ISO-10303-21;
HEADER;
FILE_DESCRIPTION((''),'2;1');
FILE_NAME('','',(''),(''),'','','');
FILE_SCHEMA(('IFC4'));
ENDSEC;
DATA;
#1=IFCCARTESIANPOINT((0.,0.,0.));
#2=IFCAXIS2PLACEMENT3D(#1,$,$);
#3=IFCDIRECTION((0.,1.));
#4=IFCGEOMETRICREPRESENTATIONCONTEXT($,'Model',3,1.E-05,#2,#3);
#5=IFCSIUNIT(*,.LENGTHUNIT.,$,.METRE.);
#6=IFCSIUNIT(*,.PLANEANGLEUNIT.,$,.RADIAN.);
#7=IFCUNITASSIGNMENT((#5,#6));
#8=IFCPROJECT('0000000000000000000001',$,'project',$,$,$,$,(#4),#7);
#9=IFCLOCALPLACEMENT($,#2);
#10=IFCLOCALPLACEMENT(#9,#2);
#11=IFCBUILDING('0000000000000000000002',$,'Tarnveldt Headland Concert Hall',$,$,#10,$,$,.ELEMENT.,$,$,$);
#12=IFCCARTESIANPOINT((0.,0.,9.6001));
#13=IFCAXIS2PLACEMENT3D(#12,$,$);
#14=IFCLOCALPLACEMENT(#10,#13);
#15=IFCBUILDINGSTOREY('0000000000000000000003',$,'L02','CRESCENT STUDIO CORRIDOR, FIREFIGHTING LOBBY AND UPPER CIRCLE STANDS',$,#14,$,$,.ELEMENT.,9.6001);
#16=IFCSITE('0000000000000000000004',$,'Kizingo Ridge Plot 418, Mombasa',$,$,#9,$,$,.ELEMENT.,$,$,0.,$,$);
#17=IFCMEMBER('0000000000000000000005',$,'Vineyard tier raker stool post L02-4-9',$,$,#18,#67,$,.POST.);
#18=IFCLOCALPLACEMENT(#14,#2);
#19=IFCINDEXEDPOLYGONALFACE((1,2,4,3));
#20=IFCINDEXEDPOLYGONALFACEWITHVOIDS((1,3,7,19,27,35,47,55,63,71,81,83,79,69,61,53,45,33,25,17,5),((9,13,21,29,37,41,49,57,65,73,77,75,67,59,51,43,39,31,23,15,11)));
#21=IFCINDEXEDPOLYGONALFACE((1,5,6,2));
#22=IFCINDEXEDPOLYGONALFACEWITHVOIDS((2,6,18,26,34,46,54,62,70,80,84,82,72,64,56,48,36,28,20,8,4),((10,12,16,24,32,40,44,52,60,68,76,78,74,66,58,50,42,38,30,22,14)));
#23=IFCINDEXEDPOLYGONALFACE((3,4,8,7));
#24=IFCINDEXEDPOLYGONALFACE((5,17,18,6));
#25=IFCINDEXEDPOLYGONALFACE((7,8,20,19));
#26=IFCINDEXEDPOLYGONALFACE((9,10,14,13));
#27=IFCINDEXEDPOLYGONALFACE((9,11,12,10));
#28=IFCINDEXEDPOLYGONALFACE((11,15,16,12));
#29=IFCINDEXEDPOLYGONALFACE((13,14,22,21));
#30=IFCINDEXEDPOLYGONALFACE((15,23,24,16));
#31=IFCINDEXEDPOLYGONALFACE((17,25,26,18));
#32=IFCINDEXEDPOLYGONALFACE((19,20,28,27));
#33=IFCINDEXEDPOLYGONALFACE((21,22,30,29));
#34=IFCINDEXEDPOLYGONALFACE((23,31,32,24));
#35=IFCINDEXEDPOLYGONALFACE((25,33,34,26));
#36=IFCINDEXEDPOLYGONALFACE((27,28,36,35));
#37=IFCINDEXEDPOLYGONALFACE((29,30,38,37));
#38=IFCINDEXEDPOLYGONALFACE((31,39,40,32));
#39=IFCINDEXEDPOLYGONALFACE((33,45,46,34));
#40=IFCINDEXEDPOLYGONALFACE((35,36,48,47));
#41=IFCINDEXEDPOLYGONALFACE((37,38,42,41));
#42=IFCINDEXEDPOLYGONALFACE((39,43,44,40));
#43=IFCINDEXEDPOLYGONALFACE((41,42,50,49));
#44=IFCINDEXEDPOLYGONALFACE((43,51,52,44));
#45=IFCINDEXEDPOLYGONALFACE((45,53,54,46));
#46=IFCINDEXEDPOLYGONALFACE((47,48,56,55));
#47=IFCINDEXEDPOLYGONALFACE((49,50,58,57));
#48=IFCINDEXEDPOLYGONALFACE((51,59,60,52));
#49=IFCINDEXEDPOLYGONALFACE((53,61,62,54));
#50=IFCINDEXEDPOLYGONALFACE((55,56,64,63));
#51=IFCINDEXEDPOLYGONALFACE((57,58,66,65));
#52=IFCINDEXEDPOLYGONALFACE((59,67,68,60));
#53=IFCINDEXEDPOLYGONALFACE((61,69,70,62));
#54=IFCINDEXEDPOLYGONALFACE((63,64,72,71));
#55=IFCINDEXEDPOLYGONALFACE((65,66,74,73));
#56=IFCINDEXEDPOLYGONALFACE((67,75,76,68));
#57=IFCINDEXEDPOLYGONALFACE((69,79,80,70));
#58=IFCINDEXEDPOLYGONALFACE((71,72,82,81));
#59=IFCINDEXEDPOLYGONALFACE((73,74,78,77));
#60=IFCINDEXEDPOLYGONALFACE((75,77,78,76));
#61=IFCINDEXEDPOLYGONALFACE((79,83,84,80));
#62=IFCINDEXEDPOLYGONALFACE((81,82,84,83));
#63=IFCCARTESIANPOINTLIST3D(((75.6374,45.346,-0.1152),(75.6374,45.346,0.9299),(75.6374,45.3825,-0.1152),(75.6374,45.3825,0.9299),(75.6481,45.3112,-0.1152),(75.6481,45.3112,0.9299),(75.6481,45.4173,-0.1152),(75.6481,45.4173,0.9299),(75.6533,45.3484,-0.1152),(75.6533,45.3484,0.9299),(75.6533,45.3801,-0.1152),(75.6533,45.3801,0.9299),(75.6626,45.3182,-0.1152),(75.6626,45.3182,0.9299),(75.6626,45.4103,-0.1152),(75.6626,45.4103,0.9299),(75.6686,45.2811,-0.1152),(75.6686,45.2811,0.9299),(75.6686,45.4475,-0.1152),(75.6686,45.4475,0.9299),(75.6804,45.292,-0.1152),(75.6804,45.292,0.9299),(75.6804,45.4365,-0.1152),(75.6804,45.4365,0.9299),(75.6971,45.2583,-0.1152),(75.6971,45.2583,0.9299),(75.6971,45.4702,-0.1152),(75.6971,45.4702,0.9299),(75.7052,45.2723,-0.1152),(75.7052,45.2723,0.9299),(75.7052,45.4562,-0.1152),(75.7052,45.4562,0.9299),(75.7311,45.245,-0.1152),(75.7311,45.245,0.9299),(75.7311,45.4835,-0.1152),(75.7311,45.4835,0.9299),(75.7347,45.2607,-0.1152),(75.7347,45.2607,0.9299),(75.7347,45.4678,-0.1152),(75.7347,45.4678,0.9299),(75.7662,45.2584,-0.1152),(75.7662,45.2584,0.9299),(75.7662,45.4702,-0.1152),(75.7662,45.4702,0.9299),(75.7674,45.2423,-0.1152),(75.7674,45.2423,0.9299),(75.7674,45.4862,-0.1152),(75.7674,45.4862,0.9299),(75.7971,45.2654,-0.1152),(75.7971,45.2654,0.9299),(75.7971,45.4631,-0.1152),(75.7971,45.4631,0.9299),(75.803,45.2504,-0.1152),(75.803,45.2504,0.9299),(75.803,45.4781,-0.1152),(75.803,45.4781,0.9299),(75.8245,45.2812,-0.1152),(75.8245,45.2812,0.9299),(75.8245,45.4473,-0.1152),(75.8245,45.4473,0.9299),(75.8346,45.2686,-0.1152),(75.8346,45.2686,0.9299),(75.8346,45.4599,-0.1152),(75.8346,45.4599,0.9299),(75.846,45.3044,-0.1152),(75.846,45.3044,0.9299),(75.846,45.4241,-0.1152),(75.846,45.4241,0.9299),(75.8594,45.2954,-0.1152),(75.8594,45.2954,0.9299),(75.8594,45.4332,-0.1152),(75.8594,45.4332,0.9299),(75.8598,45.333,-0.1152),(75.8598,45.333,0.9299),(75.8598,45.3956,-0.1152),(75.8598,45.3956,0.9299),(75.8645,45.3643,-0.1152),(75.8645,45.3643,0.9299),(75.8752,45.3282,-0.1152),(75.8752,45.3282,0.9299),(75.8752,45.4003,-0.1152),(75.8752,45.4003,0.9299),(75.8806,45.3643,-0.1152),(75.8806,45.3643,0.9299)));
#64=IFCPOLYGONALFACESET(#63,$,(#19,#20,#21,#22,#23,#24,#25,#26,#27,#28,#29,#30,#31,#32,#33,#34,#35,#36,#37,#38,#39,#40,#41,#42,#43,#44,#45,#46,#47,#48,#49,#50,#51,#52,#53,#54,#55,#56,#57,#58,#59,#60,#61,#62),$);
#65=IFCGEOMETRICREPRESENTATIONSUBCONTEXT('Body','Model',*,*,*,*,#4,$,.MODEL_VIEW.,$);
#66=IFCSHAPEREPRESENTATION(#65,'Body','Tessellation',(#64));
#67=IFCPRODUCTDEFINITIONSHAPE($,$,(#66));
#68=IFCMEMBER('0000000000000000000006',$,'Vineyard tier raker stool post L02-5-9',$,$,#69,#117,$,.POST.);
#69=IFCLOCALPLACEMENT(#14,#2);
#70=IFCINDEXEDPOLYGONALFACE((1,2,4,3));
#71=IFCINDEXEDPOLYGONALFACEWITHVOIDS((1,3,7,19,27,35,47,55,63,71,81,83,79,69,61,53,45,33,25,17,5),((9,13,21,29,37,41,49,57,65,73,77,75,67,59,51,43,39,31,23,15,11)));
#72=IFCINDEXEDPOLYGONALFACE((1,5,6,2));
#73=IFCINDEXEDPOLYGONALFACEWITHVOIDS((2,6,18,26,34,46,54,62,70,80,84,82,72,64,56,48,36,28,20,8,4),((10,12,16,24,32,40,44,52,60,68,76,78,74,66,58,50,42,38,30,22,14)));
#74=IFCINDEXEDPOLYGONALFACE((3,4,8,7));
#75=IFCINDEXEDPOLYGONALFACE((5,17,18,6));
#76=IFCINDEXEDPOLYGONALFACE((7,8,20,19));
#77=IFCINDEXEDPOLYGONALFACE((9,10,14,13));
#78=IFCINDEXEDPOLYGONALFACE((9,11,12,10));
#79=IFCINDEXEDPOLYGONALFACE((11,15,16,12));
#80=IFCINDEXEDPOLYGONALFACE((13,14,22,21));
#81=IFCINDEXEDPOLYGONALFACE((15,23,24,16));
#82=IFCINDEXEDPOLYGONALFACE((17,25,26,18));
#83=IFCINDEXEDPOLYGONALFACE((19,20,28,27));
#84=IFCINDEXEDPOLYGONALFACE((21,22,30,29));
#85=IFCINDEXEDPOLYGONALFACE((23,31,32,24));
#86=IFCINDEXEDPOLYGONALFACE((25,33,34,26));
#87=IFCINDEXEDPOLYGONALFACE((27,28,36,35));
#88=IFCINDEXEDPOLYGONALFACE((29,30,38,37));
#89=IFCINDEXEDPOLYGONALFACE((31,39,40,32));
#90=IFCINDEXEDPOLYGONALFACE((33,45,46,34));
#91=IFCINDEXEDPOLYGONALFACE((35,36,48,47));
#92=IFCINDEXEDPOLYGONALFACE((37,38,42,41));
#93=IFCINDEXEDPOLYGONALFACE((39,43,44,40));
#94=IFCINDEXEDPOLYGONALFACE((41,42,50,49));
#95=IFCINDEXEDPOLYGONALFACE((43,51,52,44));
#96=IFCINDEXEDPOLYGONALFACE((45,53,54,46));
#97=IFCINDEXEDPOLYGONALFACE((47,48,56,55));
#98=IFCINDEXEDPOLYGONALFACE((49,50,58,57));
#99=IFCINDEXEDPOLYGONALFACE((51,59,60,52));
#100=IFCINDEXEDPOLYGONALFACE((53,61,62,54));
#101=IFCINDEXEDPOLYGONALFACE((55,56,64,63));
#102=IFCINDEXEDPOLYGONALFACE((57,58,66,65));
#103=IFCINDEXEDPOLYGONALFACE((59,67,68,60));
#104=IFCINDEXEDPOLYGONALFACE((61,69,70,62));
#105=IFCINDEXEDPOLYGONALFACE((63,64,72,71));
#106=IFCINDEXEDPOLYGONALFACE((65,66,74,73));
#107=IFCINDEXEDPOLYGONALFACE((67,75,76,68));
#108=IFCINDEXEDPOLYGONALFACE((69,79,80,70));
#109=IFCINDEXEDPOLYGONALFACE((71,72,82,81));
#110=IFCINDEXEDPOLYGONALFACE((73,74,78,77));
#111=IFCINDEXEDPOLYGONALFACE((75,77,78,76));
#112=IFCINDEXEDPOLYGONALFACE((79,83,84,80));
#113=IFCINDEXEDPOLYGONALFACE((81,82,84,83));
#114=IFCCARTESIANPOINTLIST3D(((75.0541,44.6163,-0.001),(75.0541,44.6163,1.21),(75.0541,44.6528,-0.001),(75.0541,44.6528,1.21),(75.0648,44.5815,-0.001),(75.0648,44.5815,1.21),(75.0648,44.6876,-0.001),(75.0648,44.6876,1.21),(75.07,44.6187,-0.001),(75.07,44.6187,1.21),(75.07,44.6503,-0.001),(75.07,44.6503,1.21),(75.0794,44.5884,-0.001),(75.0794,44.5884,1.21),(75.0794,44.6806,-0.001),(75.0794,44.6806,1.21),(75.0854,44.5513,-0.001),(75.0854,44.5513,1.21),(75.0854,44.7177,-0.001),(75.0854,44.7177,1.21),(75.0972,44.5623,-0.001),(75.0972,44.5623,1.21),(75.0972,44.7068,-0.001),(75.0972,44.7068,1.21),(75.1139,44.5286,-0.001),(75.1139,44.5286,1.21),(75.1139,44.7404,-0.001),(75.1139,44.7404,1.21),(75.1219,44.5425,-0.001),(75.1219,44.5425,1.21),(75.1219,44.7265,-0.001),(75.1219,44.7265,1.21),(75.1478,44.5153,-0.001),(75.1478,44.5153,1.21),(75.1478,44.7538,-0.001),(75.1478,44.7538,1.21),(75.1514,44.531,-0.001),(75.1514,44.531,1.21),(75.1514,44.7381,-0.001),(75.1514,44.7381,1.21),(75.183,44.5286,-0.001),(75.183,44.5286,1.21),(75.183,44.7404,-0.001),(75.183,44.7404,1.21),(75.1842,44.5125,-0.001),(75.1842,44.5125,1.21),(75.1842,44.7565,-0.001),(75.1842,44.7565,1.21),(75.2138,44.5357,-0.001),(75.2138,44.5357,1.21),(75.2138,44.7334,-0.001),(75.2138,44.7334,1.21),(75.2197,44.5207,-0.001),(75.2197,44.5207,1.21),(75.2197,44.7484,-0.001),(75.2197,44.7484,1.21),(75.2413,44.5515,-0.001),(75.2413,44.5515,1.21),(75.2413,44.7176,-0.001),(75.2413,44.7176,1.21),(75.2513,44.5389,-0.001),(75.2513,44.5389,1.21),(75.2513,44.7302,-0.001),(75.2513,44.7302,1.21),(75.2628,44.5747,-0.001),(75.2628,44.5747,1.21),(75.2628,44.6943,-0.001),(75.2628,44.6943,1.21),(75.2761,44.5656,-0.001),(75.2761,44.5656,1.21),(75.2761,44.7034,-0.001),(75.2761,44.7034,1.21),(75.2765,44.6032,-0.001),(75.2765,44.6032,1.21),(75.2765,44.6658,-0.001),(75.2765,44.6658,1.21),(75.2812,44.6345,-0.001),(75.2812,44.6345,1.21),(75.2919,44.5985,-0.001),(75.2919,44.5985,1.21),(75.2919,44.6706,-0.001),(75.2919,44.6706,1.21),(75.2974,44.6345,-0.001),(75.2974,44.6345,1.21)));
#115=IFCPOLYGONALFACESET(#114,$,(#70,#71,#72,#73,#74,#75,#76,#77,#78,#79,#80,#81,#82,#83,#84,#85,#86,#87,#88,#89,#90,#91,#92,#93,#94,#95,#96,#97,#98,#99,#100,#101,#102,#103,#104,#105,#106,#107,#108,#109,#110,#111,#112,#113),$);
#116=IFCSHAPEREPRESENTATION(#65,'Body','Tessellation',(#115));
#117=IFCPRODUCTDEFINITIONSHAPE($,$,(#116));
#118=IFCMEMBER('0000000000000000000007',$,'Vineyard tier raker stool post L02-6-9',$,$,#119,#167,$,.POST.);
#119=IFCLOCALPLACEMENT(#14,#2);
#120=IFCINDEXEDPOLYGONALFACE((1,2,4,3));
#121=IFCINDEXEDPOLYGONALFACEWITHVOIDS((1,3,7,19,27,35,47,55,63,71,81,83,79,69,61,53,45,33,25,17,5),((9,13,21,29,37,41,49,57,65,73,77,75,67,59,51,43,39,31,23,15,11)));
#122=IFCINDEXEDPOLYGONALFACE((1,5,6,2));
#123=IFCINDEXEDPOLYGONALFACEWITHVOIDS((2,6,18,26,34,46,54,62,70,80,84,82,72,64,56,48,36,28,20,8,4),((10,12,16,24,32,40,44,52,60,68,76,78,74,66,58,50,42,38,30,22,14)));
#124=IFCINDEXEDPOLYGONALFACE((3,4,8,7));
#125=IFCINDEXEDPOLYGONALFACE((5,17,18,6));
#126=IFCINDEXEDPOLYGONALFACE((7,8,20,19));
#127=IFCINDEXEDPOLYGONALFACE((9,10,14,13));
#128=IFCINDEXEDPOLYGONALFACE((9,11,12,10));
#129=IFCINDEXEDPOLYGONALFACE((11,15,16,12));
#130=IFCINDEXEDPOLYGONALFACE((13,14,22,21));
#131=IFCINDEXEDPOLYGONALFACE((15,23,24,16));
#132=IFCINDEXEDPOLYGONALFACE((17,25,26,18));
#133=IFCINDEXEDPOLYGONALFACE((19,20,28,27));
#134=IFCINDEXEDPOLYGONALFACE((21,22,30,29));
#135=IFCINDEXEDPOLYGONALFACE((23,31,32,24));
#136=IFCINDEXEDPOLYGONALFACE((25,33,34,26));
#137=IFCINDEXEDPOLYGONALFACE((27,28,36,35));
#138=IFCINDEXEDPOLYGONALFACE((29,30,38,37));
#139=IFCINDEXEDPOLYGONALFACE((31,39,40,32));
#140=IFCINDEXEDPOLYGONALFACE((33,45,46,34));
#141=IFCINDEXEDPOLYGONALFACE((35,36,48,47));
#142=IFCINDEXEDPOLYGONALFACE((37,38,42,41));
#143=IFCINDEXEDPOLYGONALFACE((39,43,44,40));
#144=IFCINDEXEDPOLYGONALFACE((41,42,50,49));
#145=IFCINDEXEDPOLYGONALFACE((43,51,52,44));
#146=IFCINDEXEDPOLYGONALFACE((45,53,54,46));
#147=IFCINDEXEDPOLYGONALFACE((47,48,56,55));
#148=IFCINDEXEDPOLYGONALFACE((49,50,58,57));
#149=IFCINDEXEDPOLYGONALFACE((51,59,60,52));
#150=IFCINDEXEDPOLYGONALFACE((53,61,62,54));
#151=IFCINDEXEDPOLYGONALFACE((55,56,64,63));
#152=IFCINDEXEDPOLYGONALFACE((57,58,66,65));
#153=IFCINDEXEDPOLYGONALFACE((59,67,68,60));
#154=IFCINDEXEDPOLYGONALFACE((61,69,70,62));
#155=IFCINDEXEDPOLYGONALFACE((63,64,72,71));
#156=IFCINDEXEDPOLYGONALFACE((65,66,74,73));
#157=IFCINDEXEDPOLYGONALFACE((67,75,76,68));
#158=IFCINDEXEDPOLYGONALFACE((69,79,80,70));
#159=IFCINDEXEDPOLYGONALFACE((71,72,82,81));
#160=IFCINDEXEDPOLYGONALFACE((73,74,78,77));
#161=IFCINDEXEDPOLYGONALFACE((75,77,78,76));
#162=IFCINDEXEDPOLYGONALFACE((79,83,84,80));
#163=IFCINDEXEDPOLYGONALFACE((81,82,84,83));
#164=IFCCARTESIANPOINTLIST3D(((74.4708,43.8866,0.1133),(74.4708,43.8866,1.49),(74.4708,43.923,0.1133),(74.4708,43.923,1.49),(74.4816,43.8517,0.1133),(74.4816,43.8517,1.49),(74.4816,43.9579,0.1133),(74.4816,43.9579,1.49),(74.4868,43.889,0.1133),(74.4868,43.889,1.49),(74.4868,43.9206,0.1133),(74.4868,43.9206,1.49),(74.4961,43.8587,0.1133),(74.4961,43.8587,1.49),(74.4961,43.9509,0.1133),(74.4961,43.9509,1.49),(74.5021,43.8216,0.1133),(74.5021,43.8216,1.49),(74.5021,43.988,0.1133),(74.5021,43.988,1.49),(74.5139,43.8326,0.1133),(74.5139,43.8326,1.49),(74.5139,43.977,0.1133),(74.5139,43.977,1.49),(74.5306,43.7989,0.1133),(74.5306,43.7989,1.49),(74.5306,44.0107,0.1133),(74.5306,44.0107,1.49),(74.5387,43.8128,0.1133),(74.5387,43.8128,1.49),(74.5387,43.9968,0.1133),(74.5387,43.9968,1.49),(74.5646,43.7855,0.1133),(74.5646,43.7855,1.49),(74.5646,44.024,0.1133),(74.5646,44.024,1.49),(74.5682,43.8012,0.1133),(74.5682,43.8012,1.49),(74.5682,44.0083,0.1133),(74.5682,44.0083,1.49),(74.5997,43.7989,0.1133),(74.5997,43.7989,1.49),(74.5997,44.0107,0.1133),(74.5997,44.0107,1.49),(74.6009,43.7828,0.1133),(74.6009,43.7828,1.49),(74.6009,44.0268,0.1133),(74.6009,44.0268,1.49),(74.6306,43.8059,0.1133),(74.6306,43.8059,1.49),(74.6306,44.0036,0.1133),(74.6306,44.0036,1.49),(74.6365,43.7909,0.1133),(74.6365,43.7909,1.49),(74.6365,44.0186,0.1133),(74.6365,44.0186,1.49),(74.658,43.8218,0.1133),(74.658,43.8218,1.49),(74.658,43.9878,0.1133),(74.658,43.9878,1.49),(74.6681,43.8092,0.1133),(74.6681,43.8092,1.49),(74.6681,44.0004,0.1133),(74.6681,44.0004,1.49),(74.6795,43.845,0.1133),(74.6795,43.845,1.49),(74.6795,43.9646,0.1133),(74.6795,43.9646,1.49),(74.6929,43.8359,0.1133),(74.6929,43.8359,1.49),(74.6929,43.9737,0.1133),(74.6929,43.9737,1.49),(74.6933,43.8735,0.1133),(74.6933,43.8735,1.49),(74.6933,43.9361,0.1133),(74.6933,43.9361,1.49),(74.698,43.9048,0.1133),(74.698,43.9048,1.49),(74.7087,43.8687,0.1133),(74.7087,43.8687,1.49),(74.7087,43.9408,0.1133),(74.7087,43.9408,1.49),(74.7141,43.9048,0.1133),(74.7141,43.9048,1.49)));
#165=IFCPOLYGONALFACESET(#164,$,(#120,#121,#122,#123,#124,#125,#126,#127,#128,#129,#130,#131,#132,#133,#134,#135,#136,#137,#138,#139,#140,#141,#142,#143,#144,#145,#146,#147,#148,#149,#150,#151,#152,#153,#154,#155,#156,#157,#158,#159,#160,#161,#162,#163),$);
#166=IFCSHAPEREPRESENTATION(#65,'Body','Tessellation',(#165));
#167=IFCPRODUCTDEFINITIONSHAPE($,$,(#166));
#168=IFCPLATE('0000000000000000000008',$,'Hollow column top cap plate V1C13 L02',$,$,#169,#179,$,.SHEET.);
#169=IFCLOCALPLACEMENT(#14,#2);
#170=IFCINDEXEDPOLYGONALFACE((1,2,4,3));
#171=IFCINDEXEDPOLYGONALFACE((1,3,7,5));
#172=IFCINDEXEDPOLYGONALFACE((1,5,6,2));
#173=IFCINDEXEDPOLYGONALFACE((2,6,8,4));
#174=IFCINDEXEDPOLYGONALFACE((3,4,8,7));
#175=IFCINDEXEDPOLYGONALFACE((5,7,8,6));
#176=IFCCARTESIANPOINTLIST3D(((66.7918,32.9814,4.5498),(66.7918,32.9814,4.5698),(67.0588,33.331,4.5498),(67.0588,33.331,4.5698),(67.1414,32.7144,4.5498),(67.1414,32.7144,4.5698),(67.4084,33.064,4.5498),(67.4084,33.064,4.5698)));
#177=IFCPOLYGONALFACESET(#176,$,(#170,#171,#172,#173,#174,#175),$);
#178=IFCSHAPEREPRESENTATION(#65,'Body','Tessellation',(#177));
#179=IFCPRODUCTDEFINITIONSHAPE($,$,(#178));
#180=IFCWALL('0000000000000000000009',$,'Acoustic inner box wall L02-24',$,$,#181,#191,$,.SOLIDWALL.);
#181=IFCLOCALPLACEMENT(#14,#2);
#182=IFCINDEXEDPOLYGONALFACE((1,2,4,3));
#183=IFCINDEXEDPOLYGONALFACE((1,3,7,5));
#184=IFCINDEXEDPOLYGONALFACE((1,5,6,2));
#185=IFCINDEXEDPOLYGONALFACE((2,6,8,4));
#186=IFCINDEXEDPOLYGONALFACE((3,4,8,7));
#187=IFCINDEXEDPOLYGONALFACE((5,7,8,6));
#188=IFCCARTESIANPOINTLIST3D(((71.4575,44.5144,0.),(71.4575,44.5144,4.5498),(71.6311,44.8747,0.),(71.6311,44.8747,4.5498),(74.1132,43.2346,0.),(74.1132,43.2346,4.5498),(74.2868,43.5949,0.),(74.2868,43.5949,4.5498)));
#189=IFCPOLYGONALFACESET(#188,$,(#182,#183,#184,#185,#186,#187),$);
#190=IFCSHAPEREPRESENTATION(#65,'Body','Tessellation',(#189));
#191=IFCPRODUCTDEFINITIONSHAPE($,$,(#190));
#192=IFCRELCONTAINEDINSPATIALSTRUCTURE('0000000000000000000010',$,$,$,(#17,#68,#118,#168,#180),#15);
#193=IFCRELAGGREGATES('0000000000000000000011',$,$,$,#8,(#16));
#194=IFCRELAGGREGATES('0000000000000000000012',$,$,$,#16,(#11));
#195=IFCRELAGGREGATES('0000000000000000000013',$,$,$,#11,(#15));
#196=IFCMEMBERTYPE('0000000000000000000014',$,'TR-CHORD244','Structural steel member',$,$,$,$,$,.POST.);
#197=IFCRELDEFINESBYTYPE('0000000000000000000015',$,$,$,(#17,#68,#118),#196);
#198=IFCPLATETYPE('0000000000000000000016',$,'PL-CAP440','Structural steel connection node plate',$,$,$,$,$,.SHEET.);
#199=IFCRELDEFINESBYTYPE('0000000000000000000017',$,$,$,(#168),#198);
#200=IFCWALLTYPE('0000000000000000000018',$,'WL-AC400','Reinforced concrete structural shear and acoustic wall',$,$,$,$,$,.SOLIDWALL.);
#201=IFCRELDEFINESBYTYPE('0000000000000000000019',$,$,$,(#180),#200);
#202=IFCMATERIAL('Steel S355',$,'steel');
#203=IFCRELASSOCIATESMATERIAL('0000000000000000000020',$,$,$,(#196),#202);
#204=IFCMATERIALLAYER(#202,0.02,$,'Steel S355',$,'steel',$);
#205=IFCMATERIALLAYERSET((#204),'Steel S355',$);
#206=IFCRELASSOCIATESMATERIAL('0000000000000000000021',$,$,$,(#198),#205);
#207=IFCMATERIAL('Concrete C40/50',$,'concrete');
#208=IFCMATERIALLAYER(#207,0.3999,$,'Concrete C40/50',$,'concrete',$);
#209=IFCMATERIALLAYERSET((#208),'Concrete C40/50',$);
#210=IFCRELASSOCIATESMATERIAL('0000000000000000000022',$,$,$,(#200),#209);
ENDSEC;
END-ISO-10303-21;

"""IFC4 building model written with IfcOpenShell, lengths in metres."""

from ifc_helpers import new_model, si_unit, direction, frame, frame_2d, origin, origin_2d, place, context, subcontext, project, spatial, rectangle, hollow_circle, extrude, material, layer, layer_set, material_profile, profile_set, type_object, element, save


model = new_model("IFC4")

# Units and contexts
model_context = context("Model", 3, precision=1e-05, world=origin(), true_north=direction((0.0, 1.0)))
body_context = subcontext(model_context, "Body", "Model", "MODEL_VIEW")
ifc_project = project(units=[si_unit("LENGTHUNIT", "METRE"), si_unit("PLANEANGLEUNIT", "RADIAN")], contexts=[model_context])

# Site, building, storey
site_placement = place(None, origin())
site = spatial("IfcSite", under=ifc_project, at=site_placement, Name="Kizingo Ridge Plot 418, Mombasa", CompositionType="ELEMENT", RefElevation=0.0)
building_placement = place(site_placement, origin())
building = spatial("IfcBuilding", under=site, at=building_placement, Name="Tarnveldt Headland Concert Hall", CompositionType="ELEMENT")
storey_placement = place(building_placement, frame((0.0, 0.0, 9.6001)))
storey = spatial("IfcBuildingStorey", under=building, at=storey_placement, Name="L02", Description="CRESCENT STUDIO CORRIDOR, FIREFIGHTING LOBBY AND UPPER CIRCLE STANDS", CompositionType="ELEMENT", Elevation=9.6001)

# Shared definitions
ifc_material_1 = material(Name="Concrete C40/50", Category="concrete")

# Shared definitions
ifc_material_2 = material(Name="Steel S355", Category="steel")

# Members
ifc_material_profile_1 = material_profile(ifc_material_2, hollow_circle(Radius=0.1223, WallThickness=0.0161, at=origin_2d()), Name="CHS 244.5x16", Category="steel")
ifc_profile_set_1 = profile_set([ifc_material_profile_1], Name="Steel S355")
member_type_1 = type_object("IfcMemberType", Name="TR-CHORD244", Description="Structural steel member", PredefinedType="POST", material=ifc_profile_set_1)
member_1_placement = place(storey_placement, frame((75.7583, 45.3643, -0.1152), z_axis=(0.0, 0.0, 1.0), x_axis=(1.0, 0.0, 0.0)))
element("IfcMember", 1, at=member_1_placement, inside=storey, type_object=member_type_1, Name="Vineyard tier raker stool post L02-4-9", PredefinedType="POST", context=body_context, shape_type="SweptSolid", body=[
    extrude(hollow_circle(Radius=0.1223, WallThickness=0.0161, at=origin_2d()), origin(), (0.0, 0.0, 1.0), 1.0452),
])
member_2_placement = place(storey_placement, frame((75.175, 44.6345, -0.001), z_axis=(0.0, 0.0, 1.0), x_axis=(1.0, 0.0, 0.0)))
element("IfcMember", 2, at=member_2_placement, inside=storey, type_object=member_type_1, Name="Vineyard tier raker stool post L02-5-9", PredefinedType="POST", context=body_context, shape_type="SweptSolid", body=[
    extrude(hollow_circle(Radius=0.1223, WallThickness=0.0161, at=origin_2d()), origin(), (0.0, 0.0, 1.0), 1.2109),
])
member_3_placement = place(storey_placement, frame((74.5918, 43.9048, 0.1133), z_axis=(0.0, 0.0, 1.0), x_axis=(1.0, 0.0, 0.0)))
element("IfcMember", 3, at=member_3_placement, inside=storey, type_object=member_type_1, Name="Vineyard tier raker stool post L02-6-9", PredefinedType="POST", context=body_context, shape_type="SweptSolid", body=[
    extrude(hollow_circle(Radius=0.1223, WallThickness=0.0161, at=origin_2d()), origin(), (0.0, 0.0, 1.0), 1.3767),
])

# Plate
ifc_layer_1 = layer(ifc_material_2, 0.02, Name="Steel S355", Category="steel")
ifc_layer_set_1 = layer_set([ifc_layer_1], Name="Steel S355")
plate_type = type_object("IfcPlateType", Name="PL-CAP440", Description="Structural steel connection node plate", PredefinedType="SHEET", material=ifc_layer_set_1)
plate_placement = place(storey_placement, frame((67.1001, 33.0227, 4.5498), z_axis=(0.0, 0.0, 1.0), x_axis=(-0.60696, -0.794733, 0.0)))
element("IfcPlate", 4, at=plate_placement, inside=storey, type_object=plate_type, Name="Hollow column top cap plate V1C13 L02", PredefinedType="SHEET", context=body_context, shape_type="SweptSolid", body=[
    extrude(rectangle(XDim=0.4399, YDim=0.4399, at=origin_2d()), origin(), (0.0, 0.0, 1.0), 0.02),
])

# Wall
ifc_layer_2 = layer(ifc_material_1, 0.3999, Name="Concrete C40/50", Category="concrete")
ifc_layer_set_2 = layer_set([ifc_layer_2], Name="Concrete C40/50")
wall_type_1 = type_object("IfcWallType", Name="WL-AC400", Description="Reinforced concrete structural shear and acoustic wall", PredefinedType="SOLIDWALL", material=ifc_layer_set_2)
wall_1_placement = place(storey_placement, frame((71.5442, 44.6946, 0.0), z_axis=(0.0, 0.0, 1.0), x_axis=(0.900858, -0.434114, 0.0)))
element("IfcWall", 5, at=wall_1_placement, inside=storey, type_object=wall_type_1, Name="Acoustic inner box wall L02-24", PredefinedType="SOLIDWALL", context=body_context, shape_type="SweptSolid", body=[
    extrude(rectangle(XDim=2.948, YDim=0.3999, at=frame_2d((1.4741, 0.0))), origin(), (0.0, 0.0, 1.0), 4.5498),
])

save(model, "model.ifc")
